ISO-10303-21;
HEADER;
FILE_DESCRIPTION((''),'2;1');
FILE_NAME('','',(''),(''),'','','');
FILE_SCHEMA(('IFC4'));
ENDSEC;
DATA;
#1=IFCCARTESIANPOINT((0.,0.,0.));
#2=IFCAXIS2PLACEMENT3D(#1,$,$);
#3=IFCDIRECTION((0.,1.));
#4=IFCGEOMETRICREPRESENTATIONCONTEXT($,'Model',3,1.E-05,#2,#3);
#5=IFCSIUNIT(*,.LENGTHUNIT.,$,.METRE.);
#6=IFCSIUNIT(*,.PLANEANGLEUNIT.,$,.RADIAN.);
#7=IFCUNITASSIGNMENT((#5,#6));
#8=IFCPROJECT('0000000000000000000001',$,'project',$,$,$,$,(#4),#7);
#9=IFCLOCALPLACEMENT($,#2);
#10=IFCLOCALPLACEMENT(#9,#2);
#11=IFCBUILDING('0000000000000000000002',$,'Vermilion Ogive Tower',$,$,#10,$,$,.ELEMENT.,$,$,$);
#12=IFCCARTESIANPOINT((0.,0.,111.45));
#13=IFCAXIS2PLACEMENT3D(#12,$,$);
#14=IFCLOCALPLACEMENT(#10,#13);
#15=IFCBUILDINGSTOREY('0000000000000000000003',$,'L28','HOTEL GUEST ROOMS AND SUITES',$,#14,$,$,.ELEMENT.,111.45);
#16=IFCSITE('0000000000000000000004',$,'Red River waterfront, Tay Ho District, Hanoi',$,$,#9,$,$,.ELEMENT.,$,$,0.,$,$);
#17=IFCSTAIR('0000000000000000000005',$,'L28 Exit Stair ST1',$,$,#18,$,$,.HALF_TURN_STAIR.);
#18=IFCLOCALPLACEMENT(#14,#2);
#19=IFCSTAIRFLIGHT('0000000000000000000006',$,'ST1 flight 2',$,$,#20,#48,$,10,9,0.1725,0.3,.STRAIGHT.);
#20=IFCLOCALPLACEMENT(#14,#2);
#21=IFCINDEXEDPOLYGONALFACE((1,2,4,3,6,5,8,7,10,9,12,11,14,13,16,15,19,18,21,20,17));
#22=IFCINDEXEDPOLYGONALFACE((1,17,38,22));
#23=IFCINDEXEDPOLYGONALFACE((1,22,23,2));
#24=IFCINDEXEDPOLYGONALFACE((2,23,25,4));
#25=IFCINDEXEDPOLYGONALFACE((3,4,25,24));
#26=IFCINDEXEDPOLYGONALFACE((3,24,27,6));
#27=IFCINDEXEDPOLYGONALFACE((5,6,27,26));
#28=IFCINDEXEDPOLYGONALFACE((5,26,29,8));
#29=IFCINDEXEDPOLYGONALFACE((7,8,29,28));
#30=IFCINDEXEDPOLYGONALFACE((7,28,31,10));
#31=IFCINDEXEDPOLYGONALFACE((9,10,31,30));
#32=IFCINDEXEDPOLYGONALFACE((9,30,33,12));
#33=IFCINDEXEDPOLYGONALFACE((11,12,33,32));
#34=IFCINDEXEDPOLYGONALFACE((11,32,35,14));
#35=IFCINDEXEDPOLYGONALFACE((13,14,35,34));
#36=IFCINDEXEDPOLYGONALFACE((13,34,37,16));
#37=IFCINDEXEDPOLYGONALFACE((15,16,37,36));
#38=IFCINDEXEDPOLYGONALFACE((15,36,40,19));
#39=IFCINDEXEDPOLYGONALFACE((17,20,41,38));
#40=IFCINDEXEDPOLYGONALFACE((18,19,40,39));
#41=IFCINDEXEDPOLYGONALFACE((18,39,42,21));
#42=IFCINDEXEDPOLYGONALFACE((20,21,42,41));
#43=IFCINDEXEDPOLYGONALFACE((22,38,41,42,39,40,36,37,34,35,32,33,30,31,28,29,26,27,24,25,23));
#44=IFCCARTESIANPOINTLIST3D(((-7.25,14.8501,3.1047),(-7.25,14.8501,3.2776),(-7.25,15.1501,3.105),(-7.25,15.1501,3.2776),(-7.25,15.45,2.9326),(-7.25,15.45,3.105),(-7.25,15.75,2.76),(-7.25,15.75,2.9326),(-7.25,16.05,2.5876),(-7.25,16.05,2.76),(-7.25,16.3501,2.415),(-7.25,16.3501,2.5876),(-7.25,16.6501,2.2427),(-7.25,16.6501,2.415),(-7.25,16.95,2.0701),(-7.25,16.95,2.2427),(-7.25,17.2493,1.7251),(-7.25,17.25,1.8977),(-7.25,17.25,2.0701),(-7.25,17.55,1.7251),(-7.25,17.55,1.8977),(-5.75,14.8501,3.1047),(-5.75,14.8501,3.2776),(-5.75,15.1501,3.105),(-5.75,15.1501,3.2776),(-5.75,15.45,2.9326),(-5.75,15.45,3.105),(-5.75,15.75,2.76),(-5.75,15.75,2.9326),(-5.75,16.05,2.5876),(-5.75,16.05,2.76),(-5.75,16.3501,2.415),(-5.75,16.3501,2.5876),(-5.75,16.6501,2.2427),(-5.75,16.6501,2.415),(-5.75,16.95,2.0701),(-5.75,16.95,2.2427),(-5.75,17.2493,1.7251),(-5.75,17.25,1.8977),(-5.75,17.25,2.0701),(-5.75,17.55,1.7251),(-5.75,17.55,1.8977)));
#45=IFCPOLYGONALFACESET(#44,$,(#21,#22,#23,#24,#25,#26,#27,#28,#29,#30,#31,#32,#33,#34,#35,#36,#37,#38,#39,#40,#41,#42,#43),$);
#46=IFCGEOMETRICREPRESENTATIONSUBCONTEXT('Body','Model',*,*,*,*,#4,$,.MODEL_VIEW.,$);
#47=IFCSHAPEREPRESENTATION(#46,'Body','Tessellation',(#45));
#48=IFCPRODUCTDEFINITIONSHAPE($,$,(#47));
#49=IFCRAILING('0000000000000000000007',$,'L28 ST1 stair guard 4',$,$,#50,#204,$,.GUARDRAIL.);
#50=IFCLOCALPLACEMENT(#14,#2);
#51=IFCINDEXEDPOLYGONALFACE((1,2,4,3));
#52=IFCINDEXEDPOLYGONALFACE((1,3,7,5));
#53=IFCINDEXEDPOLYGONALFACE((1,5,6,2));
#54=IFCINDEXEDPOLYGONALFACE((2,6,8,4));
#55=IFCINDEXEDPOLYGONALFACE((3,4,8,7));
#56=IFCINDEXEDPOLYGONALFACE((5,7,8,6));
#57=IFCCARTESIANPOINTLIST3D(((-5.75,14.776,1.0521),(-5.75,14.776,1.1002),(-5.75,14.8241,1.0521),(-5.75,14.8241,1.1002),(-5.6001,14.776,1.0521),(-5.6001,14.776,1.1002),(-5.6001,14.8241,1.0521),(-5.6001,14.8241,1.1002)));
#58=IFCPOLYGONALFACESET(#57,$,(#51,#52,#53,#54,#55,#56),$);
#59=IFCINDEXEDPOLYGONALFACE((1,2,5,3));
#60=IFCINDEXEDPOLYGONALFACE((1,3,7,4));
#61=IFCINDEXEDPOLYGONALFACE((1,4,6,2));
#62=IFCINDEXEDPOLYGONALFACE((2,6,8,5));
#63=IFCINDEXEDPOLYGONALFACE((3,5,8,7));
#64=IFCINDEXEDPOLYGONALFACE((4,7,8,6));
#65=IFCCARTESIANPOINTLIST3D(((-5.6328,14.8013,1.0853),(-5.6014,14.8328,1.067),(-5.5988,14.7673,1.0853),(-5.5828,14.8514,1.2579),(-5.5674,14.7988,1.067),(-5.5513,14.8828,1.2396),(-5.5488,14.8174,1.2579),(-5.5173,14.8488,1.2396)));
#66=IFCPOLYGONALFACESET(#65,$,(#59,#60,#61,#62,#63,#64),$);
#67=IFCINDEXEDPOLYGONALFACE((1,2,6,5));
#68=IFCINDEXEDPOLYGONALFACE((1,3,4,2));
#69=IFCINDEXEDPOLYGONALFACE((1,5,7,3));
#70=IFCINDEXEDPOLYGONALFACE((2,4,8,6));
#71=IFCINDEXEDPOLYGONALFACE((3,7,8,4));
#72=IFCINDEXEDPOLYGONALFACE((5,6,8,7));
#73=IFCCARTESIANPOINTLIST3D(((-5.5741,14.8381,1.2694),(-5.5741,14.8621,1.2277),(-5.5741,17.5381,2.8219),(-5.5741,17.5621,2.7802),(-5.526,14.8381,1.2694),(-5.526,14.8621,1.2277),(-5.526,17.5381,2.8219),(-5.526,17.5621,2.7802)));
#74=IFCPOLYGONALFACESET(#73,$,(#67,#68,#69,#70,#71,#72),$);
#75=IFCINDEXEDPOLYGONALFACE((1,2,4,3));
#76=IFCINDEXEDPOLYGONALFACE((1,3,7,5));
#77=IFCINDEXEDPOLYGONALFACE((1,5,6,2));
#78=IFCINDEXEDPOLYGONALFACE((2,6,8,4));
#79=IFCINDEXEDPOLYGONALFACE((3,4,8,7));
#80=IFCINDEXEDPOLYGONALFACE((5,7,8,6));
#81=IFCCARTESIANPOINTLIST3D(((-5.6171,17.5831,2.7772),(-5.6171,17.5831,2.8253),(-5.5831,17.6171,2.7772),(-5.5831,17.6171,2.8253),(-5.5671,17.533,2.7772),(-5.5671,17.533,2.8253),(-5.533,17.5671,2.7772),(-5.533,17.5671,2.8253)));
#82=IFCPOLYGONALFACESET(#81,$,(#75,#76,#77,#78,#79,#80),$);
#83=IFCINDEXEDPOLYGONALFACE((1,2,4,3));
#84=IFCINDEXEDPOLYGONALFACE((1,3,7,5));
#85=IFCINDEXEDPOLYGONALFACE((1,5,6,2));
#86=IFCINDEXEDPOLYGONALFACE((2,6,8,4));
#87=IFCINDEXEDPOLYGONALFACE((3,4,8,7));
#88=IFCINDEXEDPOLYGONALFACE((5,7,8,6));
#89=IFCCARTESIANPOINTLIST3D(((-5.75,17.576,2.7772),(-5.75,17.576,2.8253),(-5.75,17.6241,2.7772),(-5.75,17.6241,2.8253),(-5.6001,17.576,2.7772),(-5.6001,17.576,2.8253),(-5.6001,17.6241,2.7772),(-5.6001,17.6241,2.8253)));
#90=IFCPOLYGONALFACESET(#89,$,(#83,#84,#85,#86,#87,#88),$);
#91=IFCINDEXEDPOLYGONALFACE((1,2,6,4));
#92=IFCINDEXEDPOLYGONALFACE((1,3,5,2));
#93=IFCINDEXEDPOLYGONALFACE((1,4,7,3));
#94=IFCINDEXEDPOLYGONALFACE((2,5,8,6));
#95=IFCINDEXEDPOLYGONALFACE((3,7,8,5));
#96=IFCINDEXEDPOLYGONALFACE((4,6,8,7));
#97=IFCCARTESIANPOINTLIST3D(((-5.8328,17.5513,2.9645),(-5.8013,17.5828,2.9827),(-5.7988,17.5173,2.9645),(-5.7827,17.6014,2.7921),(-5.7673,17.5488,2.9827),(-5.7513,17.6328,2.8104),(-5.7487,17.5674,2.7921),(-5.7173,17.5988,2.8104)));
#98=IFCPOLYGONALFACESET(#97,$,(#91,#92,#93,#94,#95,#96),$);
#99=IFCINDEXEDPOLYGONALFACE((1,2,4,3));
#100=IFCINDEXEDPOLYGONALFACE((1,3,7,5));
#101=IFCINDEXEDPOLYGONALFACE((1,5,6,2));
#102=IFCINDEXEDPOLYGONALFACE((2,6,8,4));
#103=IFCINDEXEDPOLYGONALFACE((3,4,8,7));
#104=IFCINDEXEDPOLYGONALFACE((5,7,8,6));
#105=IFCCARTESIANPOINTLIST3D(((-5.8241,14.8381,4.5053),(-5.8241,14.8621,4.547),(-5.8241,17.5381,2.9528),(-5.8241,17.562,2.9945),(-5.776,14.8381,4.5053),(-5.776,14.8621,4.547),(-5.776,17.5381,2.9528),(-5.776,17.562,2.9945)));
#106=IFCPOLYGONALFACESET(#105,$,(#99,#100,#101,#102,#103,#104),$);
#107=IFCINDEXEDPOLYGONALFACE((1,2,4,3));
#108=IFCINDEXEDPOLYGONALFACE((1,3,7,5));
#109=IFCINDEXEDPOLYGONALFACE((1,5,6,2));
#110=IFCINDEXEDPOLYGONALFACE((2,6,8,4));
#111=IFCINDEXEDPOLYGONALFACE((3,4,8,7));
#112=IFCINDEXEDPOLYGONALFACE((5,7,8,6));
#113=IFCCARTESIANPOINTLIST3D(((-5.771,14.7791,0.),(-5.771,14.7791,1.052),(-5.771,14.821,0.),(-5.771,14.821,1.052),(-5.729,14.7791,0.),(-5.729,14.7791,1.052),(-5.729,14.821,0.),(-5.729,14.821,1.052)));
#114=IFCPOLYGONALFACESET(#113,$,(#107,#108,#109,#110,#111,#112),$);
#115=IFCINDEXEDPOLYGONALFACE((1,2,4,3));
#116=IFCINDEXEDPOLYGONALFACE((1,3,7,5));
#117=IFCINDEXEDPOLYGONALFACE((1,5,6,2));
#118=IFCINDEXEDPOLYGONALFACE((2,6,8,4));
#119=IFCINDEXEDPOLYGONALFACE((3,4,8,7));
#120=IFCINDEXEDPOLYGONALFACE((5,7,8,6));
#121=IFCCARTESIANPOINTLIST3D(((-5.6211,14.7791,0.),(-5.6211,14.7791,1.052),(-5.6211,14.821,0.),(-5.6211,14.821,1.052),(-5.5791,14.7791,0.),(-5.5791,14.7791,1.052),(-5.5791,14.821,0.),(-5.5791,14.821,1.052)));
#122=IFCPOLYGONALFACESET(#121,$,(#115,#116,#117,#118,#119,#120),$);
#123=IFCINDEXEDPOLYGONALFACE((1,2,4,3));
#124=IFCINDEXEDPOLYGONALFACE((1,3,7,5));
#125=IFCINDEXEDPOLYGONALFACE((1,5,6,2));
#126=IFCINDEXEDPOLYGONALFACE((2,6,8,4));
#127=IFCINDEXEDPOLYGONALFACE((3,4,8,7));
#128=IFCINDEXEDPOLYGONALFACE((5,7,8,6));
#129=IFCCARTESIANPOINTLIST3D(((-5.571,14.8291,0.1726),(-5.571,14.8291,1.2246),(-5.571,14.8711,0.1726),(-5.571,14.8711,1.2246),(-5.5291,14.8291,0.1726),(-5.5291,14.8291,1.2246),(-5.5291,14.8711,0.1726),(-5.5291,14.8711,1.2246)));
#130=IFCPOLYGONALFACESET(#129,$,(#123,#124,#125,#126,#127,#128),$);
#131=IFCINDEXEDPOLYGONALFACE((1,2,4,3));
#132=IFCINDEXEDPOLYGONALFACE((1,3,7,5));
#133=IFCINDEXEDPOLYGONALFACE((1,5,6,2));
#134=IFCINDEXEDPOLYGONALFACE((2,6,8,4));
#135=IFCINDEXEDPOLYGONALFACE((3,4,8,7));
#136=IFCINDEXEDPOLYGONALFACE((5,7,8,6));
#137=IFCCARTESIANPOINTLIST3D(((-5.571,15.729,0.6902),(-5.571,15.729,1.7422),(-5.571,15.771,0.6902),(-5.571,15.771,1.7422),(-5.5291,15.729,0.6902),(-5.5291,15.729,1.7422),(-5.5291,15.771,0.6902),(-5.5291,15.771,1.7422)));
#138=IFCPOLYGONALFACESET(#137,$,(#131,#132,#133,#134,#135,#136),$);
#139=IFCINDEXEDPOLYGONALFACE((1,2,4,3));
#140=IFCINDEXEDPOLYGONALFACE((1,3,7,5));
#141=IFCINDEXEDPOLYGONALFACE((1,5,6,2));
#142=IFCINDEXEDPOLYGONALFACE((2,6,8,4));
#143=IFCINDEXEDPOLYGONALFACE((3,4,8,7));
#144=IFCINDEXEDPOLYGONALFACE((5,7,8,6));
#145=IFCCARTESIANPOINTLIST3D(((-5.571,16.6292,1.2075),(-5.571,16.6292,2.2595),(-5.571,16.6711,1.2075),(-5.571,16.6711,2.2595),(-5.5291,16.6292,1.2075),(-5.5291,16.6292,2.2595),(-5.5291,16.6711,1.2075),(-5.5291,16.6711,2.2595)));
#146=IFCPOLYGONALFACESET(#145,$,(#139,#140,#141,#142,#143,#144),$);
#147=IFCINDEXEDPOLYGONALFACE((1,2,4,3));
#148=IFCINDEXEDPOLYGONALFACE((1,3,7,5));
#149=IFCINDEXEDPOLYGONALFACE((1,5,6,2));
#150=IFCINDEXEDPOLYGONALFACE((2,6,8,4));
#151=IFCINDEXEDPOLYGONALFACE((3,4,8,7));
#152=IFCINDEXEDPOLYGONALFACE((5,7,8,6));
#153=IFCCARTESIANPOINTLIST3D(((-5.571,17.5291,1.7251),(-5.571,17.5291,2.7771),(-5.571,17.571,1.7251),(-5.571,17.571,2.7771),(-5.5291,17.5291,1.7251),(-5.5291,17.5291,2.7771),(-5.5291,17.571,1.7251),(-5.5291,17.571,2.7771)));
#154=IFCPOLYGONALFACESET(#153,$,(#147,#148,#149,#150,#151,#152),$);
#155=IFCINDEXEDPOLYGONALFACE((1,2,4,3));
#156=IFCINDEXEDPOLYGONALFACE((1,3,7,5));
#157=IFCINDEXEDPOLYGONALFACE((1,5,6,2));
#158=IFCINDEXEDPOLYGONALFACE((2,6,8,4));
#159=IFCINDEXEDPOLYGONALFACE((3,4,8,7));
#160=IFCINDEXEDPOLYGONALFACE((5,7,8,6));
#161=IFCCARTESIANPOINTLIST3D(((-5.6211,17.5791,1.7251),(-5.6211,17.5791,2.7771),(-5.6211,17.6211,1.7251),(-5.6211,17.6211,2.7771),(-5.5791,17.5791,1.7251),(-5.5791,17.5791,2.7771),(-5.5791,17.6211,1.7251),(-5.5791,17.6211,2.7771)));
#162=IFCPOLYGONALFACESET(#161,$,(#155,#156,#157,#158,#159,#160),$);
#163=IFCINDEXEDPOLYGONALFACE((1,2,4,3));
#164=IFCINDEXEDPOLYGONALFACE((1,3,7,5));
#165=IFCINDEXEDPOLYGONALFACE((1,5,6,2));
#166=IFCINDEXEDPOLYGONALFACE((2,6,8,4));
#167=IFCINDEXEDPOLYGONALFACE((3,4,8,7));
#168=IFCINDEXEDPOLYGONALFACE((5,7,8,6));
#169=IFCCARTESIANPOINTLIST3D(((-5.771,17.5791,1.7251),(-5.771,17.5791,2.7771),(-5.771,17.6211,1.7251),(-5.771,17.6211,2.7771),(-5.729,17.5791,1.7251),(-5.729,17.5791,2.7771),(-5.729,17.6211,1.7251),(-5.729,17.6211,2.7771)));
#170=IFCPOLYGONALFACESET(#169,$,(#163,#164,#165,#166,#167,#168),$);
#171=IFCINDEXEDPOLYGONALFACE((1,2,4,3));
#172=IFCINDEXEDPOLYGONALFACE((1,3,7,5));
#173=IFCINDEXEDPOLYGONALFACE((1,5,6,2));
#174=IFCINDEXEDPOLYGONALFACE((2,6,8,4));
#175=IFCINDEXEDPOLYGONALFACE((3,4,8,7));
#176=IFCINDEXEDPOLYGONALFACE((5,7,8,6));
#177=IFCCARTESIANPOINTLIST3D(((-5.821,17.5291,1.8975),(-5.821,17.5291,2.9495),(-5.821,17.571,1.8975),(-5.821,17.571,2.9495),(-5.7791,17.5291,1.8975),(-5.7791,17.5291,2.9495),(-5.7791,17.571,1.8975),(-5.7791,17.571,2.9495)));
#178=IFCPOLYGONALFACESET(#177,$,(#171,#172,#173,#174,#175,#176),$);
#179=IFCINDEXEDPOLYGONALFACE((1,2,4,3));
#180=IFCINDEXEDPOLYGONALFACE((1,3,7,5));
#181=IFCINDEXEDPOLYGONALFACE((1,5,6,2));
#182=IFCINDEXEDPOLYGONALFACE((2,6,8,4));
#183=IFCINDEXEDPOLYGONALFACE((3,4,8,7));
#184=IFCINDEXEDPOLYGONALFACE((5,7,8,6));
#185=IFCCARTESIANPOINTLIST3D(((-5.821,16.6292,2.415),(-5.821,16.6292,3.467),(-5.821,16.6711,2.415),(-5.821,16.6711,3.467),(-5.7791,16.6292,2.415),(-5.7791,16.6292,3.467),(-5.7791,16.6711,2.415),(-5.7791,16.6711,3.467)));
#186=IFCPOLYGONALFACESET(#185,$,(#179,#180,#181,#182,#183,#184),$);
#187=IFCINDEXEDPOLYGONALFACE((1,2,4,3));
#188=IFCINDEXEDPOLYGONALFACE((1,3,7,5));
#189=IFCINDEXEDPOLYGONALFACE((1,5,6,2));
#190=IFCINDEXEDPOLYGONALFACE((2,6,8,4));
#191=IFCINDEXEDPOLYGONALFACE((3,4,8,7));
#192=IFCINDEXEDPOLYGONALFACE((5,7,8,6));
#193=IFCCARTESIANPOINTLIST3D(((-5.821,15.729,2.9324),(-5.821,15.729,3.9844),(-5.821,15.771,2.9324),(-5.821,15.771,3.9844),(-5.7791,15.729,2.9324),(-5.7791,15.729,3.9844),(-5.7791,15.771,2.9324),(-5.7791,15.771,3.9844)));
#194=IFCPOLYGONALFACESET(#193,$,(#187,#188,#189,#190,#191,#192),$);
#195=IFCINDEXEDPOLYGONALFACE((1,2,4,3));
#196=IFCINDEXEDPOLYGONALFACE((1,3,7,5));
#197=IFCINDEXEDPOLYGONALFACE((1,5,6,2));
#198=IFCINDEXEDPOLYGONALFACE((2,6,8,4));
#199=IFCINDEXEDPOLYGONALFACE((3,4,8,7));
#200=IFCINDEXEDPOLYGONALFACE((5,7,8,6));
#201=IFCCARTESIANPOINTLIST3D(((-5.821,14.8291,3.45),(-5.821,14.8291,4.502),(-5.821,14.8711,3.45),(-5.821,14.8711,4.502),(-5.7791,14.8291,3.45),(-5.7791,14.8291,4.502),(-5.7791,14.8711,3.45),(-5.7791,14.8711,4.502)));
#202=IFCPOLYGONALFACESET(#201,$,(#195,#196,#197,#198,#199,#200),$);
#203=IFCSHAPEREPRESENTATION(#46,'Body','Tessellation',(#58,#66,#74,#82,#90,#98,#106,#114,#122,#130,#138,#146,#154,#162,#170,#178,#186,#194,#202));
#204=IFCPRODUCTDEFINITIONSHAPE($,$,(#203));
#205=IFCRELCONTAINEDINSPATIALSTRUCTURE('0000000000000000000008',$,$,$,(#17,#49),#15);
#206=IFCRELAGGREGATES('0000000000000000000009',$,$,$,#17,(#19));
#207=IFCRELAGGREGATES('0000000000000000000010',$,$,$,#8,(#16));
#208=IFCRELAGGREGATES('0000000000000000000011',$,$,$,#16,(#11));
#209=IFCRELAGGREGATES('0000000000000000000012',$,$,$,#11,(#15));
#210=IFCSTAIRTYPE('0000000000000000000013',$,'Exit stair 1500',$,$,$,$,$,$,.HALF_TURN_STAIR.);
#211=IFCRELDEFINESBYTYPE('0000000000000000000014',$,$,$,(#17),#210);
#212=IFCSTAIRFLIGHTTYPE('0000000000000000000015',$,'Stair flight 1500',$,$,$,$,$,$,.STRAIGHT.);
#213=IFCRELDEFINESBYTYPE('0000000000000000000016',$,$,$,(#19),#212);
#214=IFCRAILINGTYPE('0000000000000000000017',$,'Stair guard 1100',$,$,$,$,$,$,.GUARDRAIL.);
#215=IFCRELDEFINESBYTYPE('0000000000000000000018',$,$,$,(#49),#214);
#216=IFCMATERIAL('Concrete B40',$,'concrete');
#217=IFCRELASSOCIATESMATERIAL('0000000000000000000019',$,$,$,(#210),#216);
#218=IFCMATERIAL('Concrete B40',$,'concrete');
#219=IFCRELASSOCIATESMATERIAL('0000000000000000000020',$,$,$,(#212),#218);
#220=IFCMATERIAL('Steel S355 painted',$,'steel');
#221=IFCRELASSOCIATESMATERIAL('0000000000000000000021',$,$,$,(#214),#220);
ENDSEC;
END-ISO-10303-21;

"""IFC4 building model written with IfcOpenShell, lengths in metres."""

from ifc_helpers import new_model, si_unit, direction, frame, origin, origin_2d, place, context, subcontext, project, spatial, polyline, rectangle, outline, extrude, material, type_object, element, aggregate, save


model = new_model("IFC4")

# Units and contexts
model_context = context("Model", 3, precision=1e-05, world=origin(), true_north=direction((0.0, 1.0)))
body_context = subcontext(model_context, "Body", "Model", "MODEL_VIEW")
ifc_project = project(units=[si_unit("LENGTHUNIT", "METRE"), si_unit("PLANEANGLEUNIT", "RADIAN")], contexts=[model_context])

# Site, building, storey
site_placement = place(None, origin())
site = spatial("IfcSite", under=ifc_project, at=site_placement, Name="Red River waterfront, Tay Ho District, Hanoi", CompositionType="ELEMENT", RefElevation=0.0)
building_placement = place(site_placement, origin())
building = spatial("IfcBuilding", under=site, at=building_placement, Name="Vermilion Ogive Tower", CompositionType="ELEMENT")
storey_placement = place(building_placement, frame((0.0, 0.0, 111.45)))
storey = spatial("IfcBuildingStorey", under=building, at=storey_placement, Name="L28", Description="HOTEL GUEST ROOMS AND SUITES", CompositionType="ELEMENT", Elevation=111.45)

# Stair, stair flight
ifc_material_1 = material(Name="Concrete B40", Category="concrete")
stair_type = type_object("IfcStairType", Name="Exit stair 1500", PredefinedType="HALF_TURN_STAIR", material=ifc_material_1)
stair_placement = place(storey_placement, origin())
stair = element("IfcStair", 1, at=stair_placement, inside=storey, type_object=stair_type, Name="L28 Exit Stair ST1", PredefinedType="HALF_TURN_STAIR")
ifc_material_2 = material(Name="Concrete B40", Category="concrete")
stair_flight_type = type_object("IfcStairFlightType", Name="Stair flight 1500", PredefinedType="STRAIGHT", material=ifc_material_2)
stair_flight_1_placement = place(storey_placement, frame((-6.5, 17.55, 1.7251), z_axis=(0.0, 0.0, 1.0), x_axis=(0.0, -1.0, 0.0)))
stair_flight_1 = element("IfcStairFlight", 2, at=stair_flight_1_placement, type_object=stair_flight_type, Name="ST1 flight 2", NumberOfRisers=10, NumberOfTreads=9, PredefinedType="STRAIGHT", RiserHeight=0.1725, TreadLength=0.3, context=body_context, shape_type="SweptSolid", body=[
    extrude(outline(polyline([(0.0, 0.0), (0.0, 0.1726), (0.3, 0.1726), (0.3, 0.345), (0.6001, 0.345), (0.6001, 0.5176), (0.8999, 0.5176), (0.8999, 0.6899), (1.2, 0.6899), (1.2, 0.8625), (1.5, 0.8625), (1.5, 1.0349), (1.8, 1.0349), (1.8, 1.2075), (2.1001, 1.2075), (2.1001, 1.3799), (2.3999, 1.3799), (2.3999, 1.5525), (2.7, 1.5525), (2.7, 1.7251), (2.7, 1.3796), (0.3008, 0.0), (0.0, 0.0)])), frame((0.0, 0.75, 0.0), z_axis=(0.0, -1.0, 0.0), x_axis=(1.0, 0.0, 0.0)), (0.0, 0.0, 1.0), 1.5),
])
aggregate(stair, [stair_flight_1])

# Railing
ifc_material_3 = material(Name="Steel S355 painted", Category="steel")
railing_type_1 = type_object("IfcRailingType", Name="Stair guard 1100", PredefinedType="GUARDRAIL", material=ifc_material_3)
railing_1_placement = place(storey_placement, frame((-5.75, 14.8, 0.0)))
element("IfcRailing", 3, at=railing_1_placement, inside=storey, type_object=railing_type_1, Name="L28 ST1 stair guard 4", PredefinedType="GUARDRAIL", context=body_context, shape_type="SweptSolid", body=[
    extrude(rectangle(XDim=0.0481, YDim=0.0481, at=origin_2d()), frame((0.0, 0.0, 1.0762), z_axis=(1.0, 0.0, 0.0), x_axis=(0.0, 1.0, 0.0)), (0.0, 0.0, 1.0), 0.1499),
    extrude(rectangle(XDim=0.0481, YDim=0.0481, at=origin_2d()), frame((0.1499, 0.0, 1.0762), z_axis=(0.268278, 0.268278, 0.925232), x_axis=(-0.707107, 0.707107, 0.0)), (0.0, 0.0, 1.0), 0.1865),
    extrude(rectangle(XDim=0.0481, YDim=0.0481, at=origin_2d()), frame((0.2, 0.05, 1.2485), z_axis=(0.0, 0.866904, 0.498476), x_axis=(-1.0, 0.0, 0.0)), (0.0, 0.0, 1.0), 3.1145),
    extrude(rectangle(XDim=0.0481, YDim=0.0481, at=origin_2d()), frame((0.2, 2.75, 2.8013), z_axis=(-0.707107, 0.707107, 0.0), x_axis=(-0.707107, -0.707107, 0.0)), (0.0, 0.0, 1.0), 0.0708),
    extrude(rectangle(XDim=0.0481, YDim=0.0481, at=origin_2d()), frame((0.1499, 2.8, 2.8013), z_axis=(-1.0, 0.0, 0.0), x_axis=(0.0, -1.0, 0.0)), (0.0, 0.0, 1.0), 0.1499),
    extrude(rectangle(XDim=0.0481, YDim=0.0481, at=origin_2d()), frame((0.0, 2.8, 2.8013), z_axis=(-0.268603, -0.268603, 0.925043), x_axis=(0.707107, -0.707107, 0.0)), (0.0, 0.0, 1.0), 0.1863),
    extrude(rectangle(XDim=0.0481, YDim=0.0481, at=origin_2d()), frame((-0.05, 2.75, 2.9736), z_axis=(0.0, -0.866904, 0.498476), x_axis=(1.0, 0.0, 0.0)), (0.0, 0.0, 1.0), 3.1145),
    extrude(rectangle(XDim=0.042, YDim=0.042, at=origin_2d()), origin(), (0.0, 0.0, 1.0), 1.052),
    extrude(rectangle(XDim=0.042, YDim=0.042, at=origin_2d()), frame((0.1499, 0.0, 0.0)), (0.0, 0.0, 1.0), 1.052),
    extrude(rectangle(XDim=0.042, YDim=0.042, at=origin_2d()), frame((0.2, 0.05, 0.1726)), (0.0, 0.0, 1.0), 1.052),
    extrude(rectangle(XDim=0.042, YDim=0.042, at=origin_2d()), frame((0.2, 0.95, 0.6902)), (0.0, 0.0, 1.0), 1.052),
    extrude(rectangle(XDim=0.042, YDim=0.042, at=origin_2d()), frame((0.2, 1.8501, 1.2075)), (0.0, 0.0, 1.0), 1.052),
    extrude(rectangle(XDim=0.042, YDim=0.042, at=origin_2d()), frame((0.2, 2.75, 1.7251)), (0.0, 0.0, 1.0), 1.052),
    extrude(rectangle(XDim=0.042, YDim=0.042, at=origin_2d()), frame((0.1499, 2.8, 1.7251)), (0.0, 0.0, 1.0), 1.052),
    extrude(rectangle(XDim=0.042, YDim=0.042, at=origin_2d()), frame((0.0, 2.8, 1.7251)), (0.0, 0.0, 1.0), 1.052),
    extrude(rectangle(XDim=0.042, YDim=0.042, at=origin_2d()), frame((-0.05, 2.75, 1.8975)), (0.0, 0.0, 1.0), 1.052),
    extrude(rectangle(XDim=0.042, YDim=0.042, at=origin_2d()), frame((-0.05, 1.8501, 2.415)), (0.0, 0.0, 1.0), 1.052),
    extrude(rectangle(XDim=0.042, YDim=0.042, at=origin_2d()), frame((-0.05, 0.95, 2.9324)), (0.0, 0.0, 1.0), 1.052),
    extrude(rectangle(XDim=0.042, YDim=0.042, at=origin_2d()), frame((-0.05, 0.05, 3.45)), (0.0, 0.0, 1.0), 1.052),
])

save(model, "model.ifc")
